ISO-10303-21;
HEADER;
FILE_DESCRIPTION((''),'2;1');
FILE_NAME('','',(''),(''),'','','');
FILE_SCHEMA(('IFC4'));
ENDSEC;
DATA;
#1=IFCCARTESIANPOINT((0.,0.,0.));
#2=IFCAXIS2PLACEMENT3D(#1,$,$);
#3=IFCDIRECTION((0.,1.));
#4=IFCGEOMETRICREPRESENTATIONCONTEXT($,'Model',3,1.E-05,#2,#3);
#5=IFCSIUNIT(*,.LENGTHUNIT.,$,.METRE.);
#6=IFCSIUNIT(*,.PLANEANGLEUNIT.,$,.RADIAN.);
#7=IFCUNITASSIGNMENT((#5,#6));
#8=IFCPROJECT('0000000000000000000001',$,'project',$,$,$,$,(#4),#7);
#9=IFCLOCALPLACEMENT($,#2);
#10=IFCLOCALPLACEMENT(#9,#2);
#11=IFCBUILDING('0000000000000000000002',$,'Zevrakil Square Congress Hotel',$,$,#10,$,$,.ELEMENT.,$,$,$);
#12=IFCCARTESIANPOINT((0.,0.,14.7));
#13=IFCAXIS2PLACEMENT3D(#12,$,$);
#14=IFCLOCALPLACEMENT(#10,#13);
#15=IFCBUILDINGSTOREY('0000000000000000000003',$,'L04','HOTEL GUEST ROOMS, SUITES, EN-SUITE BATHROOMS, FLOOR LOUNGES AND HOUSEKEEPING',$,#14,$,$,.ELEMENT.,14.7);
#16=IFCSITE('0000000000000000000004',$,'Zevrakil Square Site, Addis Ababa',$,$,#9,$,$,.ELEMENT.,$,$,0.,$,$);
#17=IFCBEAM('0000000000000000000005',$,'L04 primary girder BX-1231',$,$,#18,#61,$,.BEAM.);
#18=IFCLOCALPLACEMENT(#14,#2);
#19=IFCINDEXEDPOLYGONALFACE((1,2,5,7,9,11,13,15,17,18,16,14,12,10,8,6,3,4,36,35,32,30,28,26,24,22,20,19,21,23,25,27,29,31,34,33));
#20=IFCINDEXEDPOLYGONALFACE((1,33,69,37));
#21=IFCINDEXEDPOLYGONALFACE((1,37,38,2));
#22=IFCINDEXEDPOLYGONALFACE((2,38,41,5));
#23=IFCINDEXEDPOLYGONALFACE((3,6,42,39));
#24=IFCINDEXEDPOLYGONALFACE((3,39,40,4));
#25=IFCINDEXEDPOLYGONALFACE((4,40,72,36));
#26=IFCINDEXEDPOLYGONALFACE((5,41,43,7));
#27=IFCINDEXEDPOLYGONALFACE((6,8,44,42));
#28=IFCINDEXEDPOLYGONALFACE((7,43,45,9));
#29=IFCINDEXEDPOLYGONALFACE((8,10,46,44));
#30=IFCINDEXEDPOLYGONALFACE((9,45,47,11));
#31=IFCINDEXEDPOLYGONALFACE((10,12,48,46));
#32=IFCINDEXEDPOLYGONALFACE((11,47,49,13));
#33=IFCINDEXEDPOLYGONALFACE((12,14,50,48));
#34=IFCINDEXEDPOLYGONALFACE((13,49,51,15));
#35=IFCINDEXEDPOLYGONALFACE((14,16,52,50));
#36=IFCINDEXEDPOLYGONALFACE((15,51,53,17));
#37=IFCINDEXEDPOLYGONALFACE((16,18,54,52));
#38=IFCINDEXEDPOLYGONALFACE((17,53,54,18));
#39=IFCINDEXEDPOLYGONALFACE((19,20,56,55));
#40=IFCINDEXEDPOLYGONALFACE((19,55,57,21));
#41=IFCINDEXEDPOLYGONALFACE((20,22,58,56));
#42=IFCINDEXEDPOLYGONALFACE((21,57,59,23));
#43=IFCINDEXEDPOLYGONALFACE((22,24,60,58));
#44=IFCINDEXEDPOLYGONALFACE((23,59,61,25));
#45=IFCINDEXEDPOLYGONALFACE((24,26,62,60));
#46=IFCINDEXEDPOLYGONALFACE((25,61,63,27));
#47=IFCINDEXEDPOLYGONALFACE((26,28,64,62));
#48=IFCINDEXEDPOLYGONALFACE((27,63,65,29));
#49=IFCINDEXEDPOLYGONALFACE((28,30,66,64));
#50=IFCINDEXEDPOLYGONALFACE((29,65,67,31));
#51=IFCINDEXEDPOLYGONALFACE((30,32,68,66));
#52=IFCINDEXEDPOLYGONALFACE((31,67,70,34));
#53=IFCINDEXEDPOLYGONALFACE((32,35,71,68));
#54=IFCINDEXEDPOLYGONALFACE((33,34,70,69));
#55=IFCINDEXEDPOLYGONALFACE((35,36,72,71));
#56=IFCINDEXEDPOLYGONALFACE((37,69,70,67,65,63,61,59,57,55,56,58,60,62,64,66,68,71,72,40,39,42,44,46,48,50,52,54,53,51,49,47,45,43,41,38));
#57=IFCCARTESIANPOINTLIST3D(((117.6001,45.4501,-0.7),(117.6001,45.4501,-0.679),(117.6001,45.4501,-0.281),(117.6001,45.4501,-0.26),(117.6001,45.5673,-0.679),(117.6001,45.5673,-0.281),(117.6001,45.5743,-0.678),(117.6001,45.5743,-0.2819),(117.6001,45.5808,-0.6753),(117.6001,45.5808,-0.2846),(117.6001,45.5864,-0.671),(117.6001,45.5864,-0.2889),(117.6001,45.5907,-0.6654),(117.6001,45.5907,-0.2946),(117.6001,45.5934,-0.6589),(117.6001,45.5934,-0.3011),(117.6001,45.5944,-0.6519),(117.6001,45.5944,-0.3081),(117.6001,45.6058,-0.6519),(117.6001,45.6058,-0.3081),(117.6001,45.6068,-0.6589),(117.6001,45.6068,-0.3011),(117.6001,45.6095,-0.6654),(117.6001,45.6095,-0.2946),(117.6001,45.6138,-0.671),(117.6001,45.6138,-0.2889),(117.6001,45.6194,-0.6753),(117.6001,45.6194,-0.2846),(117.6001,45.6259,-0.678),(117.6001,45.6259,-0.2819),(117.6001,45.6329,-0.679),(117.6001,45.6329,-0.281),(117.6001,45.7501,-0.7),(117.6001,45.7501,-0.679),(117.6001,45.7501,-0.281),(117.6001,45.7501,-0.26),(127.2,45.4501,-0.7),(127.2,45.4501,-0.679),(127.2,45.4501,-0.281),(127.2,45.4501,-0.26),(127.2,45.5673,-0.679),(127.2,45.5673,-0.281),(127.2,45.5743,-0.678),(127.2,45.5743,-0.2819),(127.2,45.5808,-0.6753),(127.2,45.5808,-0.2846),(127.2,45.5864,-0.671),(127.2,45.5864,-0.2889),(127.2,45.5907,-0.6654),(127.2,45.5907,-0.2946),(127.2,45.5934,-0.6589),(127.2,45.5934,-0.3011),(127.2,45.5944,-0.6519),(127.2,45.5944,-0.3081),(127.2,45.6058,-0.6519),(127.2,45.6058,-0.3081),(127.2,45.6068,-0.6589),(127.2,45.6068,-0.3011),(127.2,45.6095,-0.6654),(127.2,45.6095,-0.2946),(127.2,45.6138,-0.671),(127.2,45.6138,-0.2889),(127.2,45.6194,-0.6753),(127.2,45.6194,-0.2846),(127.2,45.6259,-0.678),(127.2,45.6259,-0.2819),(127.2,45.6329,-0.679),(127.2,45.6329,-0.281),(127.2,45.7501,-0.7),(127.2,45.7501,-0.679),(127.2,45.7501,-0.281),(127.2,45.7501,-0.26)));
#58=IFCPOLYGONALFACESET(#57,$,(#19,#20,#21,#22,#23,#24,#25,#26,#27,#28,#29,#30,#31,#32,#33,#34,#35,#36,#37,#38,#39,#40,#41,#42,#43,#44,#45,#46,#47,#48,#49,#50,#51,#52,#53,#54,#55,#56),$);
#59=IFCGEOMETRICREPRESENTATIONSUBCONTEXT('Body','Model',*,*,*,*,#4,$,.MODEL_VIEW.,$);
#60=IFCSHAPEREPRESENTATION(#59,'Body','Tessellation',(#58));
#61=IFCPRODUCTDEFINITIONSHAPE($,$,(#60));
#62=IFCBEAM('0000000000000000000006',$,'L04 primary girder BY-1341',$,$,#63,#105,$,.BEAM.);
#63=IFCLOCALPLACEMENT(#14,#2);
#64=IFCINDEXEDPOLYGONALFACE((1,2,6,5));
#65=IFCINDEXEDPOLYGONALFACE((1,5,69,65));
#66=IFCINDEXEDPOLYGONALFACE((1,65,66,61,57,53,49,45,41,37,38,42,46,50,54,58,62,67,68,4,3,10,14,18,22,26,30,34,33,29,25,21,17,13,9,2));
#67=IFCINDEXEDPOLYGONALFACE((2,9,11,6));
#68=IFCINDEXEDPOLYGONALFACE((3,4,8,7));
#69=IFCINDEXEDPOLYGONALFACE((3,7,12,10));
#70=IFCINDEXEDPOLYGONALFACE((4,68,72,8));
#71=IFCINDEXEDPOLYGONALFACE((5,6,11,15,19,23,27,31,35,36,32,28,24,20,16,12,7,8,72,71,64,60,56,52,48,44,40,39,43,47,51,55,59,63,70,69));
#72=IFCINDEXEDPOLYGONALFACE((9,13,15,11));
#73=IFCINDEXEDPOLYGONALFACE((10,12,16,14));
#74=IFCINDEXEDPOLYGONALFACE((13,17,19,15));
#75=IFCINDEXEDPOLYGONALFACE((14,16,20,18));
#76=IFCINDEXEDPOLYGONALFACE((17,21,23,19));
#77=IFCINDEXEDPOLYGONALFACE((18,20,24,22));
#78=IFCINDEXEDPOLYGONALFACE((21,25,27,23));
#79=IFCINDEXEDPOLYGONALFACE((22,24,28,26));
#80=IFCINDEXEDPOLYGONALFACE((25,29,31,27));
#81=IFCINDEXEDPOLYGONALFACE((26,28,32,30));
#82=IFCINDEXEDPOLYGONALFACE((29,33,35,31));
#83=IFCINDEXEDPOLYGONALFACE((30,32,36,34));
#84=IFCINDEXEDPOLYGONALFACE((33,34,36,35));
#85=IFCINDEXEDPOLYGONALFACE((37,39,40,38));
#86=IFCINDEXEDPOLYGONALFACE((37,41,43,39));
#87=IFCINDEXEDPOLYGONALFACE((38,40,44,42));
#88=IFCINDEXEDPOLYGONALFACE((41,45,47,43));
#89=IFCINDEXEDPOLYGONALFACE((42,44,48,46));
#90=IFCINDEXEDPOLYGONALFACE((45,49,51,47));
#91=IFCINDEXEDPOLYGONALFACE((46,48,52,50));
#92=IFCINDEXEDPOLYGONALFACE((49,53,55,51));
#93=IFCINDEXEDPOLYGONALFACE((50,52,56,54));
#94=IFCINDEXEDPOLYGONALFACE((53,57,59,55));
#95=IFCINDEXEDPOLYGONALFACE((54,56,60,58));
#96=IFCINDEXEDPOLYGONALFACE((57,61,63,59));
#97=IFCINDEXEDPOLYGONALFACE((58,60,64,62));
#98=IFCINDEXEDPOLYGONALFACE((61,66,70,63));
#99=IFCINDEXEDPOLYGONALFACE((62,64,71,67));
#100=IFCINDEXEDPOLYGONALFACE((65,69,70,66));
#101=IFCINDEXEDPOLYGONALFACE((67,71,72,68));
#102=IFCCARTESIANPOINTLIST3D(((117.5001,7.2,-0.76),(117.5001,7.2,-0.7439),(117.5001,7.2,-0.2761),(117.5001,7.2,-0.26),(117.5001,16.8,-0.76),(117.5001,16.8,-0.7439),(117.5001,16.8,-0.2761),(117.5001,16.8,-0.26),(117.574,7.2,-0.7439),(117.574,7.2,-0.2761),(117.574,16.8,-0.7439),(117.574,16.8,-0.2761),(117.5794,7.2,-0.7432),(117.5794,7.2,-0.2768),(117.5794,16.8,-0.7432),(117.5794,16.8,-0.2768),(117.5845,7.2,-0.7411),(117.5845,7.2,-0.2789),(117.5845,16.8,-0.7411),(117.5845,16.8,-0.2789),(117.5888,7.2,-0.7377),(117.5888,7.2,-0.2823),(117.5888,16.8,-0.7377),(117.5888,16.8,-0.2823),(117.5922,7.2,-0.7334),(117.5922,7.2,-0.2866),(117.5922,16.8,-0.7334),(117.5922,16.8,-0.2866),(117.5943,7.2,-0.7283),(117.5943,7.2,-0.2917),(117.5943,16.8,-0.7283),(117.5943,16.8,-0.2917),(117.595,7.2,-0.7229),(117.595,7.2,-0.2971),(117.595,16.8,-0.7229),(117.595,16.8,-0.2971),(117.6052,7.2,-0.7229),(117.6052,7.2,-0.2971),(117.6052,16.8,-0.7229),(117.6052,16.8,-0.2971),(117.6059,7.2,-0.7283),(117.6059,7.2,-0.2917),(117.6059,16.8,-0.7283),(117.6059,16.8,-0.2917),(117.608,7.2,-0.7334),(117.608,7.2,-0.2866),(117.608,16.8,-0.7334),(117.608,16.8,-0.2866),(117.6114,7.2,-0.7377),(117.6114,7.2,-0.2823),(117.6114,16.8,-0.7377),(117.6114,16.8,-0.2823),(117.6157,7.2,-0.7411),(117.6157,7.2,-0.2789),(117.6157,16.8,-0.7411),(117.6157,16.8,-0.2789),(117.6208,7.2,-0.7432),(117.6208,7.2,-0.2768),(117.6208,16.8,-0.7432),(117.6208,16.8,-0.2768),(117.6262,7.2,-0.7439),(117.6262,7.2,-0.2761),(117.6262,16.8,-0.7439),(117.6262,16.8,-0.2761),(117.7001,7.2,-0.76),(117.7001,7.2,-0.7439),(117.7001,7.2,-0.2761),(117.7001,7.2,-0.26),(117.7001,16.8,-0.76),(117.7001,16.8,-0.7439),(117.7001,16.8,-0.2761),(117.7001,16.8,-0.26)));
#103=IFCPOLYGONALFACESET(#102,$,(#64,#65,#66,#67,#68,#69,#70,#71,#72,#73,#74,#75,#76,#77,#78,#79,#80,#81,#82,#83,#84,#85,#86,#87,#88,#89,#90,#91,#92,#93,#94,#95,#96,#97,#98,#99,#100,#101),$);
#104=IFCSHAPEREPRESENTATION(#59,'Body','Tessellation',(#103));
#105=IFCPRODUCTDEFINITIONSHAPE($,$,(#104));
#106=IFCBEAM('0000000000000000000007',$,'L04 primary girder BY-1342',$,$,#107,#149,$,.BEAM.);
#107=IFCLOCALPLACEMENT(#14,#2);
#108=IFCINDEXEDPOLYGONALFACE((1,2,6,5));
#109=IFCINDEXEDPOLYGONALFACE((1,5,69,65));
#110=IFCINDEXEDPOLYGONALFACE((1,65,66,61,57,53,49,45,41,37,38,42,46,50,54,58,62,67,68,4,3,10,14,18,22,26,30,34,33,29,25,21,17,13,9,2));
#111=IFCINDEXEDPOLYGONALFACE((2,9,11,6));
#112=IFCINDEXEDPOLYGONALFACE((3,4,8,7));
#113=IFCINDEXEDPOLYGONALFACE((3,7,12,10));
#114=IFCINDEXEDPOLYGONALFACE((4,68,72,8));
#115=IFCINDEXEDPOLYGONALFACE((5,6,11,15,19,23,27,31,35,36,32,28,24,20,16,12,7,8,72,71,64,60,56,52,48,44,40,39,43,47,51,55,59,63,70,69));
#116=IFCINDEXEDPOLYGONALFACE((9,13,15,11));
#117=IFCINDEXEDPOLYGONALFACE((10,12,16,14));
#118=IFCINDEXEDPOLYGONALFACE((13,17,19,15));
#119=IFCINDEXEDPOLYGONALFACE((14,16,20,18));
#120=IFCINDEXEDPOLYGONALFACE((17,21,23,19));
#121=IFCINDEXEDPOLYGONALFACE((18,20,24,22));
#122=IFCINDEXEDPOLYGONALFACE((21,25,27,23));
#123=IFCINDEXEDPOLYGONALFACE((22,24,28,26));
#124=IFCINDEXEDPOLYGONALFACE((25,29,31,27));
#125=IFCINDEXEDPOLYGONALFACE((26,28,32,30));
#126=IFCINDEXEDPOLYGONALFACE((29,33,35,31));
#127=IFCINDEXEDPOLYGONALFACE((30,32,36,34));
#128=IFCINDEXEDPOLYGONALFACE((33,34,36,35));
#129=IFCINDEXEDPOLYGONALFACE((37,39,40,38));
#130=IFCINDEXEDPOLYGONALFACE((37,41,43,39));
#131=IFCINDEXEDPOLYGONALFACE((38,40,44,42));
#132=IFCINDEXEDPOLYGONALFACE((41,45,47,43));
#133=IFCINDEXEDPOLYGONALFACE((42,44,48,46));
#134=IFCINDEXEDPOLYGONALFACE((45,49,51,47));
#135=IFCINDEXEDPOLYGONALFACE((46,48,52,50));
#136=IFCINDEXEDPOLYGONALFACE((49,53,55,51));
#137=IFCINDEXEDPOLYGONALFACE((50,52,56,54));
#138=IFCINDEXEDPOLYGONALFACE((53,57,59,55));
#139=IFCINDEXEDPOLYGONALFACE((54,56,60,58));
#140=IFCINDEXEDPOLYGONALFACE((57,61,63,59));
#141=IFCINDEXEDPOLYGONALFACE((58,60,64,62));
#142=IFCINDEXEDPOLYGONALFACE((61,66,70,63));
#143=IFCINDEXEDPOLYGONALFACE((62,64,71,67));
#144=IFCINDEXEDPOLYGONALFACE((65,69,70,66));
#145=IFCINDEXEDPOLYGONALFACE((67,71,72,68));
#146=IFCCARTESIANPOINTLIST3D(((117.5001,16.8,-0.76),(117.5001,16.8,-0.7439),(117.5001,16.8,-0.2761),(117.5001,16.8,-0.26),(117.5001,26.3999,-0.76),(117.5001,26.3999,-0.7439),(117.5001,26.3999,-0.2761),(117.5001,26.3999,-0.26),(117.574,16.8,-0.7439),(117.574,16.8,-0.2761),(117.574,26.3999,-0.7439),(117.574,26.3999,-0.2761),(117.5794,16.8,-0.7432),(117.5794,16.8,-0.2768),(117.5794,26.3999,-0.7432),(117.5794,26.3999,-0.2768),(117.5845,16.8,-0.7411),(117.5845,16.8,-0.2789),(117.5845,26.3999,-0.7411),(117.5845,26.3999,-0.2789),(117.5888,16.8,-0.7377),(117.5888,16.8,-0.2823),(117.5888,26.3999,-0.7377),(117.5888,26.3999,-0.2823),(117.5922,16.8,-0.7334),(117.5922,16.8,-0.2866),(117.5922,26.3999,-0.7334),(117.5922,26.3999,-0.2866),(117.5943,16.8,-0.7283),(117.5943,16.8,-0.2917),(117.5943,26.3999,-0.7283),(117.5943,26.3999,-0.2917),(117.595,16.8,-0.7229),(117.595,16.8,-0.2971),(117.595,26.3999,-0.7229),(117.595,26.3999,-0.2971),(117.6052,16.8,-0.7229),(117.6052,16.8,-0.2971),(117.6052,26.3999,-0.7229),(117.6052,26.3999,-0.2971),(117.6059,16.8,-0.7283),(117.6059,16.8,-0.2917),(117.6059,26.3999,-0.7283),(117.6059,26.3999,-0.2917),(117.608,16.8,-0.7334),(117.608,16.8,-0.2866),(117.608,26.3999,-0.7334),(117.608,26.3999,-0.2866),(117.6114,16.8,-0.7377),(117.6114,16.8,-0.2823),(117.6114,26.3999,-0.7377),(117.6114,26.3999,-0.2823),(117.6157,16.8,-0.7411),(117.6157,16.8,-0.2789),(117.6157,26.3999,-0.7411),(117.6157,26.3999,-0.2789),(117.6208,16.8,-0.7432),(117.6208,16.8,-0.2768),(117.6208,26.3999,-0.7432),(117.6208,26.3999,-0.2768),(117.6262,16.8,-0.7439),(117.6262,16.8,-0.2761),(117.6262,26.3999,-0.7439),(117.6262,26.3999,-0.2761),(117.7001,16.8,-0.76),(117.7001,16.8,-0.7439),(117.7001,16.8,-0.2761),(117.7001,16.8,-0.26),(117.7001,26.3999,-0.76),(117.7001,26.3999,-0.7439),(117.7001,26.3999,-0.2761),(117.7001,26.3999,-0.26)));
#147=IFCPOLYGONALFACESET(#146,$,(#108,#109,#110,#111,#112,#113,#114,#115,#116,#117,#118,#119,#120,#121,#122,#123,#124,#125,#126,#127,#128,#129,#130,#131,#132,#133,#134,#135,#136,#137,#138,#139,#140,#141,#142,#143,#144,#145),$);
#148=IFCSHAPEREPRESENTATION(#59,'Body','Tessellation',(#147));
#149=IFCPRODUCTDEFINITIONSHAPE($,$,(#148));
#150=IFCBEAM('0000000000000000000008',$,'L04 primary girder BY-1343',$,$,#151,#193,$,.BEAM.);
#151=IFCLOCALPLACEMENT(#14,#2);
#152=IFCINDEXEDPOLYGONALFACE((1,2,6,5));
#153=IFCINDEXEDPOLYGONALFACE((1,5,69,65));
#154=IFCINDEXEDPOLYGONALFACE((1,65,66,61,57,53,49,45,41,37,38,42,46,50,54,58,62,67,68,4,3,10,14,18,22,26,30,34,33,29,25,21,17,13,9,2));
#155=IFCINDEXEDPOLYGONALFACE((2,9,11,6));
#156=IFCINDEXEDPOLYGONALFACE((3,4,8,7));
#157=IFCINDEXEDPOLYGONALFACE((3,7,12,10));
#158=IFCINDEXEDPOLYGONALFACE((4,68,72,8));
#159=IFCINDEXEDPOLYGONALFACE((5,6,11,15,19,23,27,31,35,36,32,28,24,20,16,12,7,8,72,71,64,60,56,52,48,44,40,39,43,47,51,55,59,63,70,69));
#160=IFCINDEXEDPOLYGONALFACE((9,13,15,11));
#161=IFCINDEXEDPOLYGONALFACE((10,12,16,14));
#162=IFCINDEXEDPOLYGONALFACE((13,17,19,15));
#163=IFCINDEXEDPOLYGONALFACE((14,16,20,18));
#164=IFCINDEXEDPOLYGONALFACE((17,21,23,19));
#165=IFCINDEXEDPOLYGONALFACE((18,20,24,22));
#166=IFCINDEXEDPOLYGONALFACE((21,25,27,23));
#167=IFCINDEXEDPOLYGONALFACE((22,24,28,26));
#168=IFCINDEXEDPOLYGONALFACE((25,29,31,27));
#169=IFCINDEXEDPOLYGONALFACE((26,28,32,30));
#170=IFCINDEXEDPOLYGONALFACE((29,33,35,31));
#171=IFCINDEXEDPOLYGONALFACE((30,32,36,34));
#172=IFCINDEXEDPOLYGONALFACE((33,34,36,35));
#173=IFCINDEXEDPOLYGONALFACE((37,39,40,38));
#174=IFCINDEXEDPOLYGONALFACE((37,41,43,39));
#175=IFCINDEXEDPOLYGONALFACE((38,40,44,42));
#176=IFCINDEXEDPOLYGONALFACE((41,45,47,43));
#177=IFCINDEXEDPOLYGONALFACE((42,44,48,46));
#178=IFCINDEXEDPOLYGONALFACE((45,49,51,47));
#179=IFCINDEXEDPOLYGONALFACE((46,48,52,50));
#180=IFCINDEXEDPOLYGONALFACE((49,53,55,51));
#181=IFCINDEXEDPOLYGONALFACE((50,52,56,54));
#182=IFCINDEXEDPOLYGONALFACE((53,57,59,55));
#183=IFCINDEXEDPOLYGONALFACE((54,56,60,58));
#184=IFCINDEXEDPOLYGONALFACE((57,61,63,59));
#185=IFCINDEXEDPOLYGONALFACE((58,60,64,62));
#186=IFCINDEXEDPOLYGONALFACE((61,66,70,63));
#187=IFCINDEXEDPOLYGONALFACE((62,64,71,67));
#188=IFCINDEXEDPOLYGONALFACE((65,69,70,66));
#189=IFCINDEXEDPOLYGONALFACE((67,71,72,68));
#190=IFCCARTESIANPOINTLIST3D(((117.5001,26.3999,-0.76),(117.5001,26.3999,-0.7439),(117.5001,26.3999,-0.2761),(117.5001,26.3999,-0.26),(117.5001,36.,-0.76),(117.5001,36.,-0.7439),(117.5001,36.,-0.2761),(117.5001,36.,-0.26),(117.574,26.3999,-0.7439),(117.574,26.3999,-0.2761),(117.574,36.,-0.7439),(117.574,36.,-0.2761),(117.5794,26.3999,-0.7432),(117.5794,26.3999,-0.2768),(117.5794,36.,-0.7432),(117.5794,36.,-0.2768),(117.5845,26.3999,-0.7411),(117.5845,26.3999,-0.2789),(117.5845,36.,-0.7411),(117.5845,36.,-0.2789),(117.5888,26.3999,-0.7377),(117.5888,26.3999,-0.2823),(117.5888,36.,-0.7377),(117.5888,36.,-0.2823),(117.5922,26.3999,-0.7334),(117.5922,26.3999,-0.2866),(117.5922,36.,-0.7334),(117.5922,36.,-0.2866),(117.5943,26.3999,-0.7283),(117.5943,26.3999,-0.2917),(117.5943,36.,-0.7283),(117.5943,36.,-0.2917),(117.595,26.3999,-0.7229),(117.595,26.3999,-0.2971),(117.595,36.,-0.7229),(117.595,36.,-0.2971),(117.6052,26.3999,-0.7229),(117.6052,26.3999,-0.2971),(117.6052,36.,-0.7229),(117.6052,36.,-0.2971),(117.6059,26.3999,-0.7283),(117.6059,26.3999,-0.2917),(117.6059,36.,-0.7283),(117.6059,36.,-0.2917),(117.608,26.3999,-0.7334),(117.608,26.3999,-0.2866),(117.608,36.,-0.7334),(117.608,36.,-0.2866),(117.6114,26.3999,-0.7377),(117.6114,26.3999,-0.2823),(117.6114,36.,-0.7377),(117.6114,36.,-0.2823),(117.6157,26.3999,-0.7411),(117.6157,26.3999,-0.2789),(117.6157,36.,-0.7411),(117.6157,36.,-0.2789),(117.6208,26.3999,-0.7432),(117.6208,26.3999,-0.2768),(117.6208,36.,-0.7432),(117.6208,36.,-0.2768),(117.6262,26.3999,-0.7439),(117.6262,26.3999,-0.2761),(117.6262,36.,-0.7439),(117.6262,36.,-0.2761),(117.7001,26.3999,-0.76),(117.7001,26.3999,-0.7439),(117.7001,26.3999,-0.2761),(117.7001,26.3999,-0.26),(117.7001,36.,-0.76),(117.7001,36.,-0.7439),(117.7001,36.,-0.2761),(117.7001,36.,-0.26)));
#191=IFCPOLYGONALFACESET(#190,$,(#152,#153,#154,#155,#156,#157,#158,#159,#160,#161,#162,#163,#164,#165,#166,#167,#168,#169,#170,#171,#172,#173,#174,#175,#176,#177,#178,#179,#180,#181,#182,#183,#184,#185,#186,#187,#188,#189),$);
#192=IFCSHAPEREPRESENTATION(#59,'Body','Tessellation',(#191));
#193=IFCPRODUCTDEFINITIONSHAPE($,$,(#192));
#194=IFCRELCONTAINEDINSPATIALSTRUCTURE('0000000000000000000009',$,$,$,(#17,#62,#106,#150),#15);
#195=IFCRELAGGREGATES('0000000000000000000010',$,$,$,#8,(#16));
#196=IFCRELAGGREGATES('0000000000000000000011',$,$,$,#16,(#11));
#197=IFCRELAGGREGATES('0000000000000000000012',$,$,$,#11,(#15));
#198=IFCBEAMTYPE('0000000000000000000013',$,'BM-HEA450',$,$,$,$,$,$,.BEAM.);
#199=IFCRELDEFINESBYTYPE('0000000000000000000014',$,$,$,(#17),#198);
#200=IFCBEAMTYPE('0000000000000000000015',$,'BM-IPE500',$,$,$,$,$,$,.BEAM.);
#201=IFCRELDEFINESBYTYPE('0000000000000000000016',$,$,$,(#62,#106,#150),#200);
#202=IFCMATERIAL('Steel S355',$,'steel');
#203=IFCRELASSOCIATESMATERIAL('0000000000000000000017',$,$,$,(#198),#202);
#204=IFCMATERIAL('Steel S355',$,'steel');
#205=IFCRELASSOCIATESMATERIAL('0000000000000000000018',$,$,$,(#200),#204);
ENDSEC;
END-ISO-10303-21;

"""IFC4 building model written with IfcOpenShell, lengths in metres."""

from ifc_helpers import new_model, si_unit, direction, frame, origin, origin_2d, place, context, subcontext, project, spatial, i_section, extrude, material, material_profile, profile_set, type_object, element, save


model = new_model("IFC4")

# Units and contexts
model_context = context("Model", 3, precision=1e-05, world=origin(), true_north=direction((0.0, 1.0)))
body_context = subcontext(model_context, "Body", "Model", "MODEL_VIEW")
ifc_project = project(units=[si_unit("LENGTHUNIT", "METRE"), si_unit("PLANEANGLEUNIT", "RADIAN")], contexts=[model_context])

# Site, building, storey
site_placement = place(None, origin())
site = spatial("IfcSite", under=ifc_project, at=site_placement, Name="Zevrakil Square Site, Addis Ababa", CompositionType="ELEMENT", RefElevation=0.0)
building_placement = place(site_placement, origin())
building = spatial("IfcBuilding", under=site, at=building_placement, Name="Zevrakil Square Congress Hotel", CompositionType="ELEMENT")
storey_placement = place(building_placement, frame((0.0, 0.0, 14.7)))
storey = spatial("IfcBuildingStorey", under=building, at=storey_placement, Name="L04", Description="HOTEL GUEST ROOMS, SUITES, EN-SUITE BATHROOMS, FLOOR LOUNGES AND HOUSEKEEPING", CompositionType="ELEMENT", Elevation=14.7)

# Beams
ifc_material_1 = material(Name="Steel S355", Category="steel")
ifc_material_profile_1 = material_profile(ifc_material_1, i_section(OverallWidth=0.3, OverallDepth=0.4399, WebThickness=0.0115, FlangeThickness=0.021, FilletRadius=0.0271, at=origin_2d()), Name="HEA 450")
ifc_profile_set_1 = profile_set([ifc_material_profile_1], Name="Steel S355")
beam_type_1 = type_object("IfcBeamType", Name="BM-HEA450", PredefinedType="BEAM", material=ifc_profile_set_1)
for number, where, z_axis, x_axis, name in (
    (1, (117.6001, 45.6001, -0.48), (1.0, 0.0, 0.0), (0.0, 1.0, 0.0), "L04 primary girder BX-1231"),
):
    element("IfcBeam", number, at=place(storey_placement, frame(where, z_axis=z_axis, x_axis=x_axis)), inside=storey, type_object=beam_type_1, Name=name, PredefinedType="BEAM", context=body_context, shape_type="SweptSolid", body=[
        extrude(i_section(OverallWidth=0.3, OverallDepth=0.4399, WebThickness=0.0115, FlangeThickness=0.021, FilletRadius=0.0271, at=origin_2d()), origin(), (0.0, 0.0, 1.0), 9.5999),
    ])
ifc_material_2 = material(Name="Steel S355", Category="steel")
ifc_material_profile_2 = material_profile(ifc_material_2, i_section(OverallWidth=0.2, OverallDepth=0.5, WebThickness=0.0103, FlangeThickness=0.0161, FilletRadius=0.021, at=origin_2d()), Name="IPE 500")
ifc_profile_set_2 = profile_set([ifc_material_profile_2], Name="Steel S355")
beam_type_2 = type_object("IfcBeamType", Name="BM-IPE500", PredefinedType="BEAM", material=ifc_profile_set_2)
beam_1_placement = place(storey_placement, frame((117.6001, 7.2, -0.51), z_axis=(0.0, 1.0, 0.0), x_axis=(-1.0, 0.0, 0.0)))
element("IfcBeam", 2, at=beam_1_placement, inside=storey, type_object=beam_type_2, Name="L04 primary girder BY-1341", PredefinedType="BEAM", context=body_context, shape_type="SweptSolid", body=[
    extrude(i_section(OverallWidth=0.2, OverallDepth=0.5, WebThickness=0.0103, FlangeThickness=0.0161, FilletRadius=0.021, at=origin_2d()), origin(), (0.0, 0.0, 1.0), 9.6001),
])
beam_2_placement = place(storey_placement, frame((117.6001, 16.8, -0.51), z_axis=(0.0, 1.0, 0.0), x_axis=(-1.0, 0.0, 0.0)))
element("IfcBeam", 3, at=beam_2_placement, inside=storey, type_object=beam_type_2, Name="L04 primary girder BY-1342", PredefinedType="BEAM", context=body_context, shape_type="SweptSolid", body=[
    extrude(i_section(OverallWidth=0.2, OverallDepth=0.5, WebThickness=0.0103, FlangeThickness=0.0161, FilletRadius=0.021, at=origin_2d()), origin(), (0.0, 0.0, 1.0), 9.5999),
])
for number, where, z_axis, x_axis, name in (
    (4, (117.6001, 26.3999, -0.51), (0.0, 1.0, 0.0), (-1.0, 0.0, 0.0), "L04 primary girder BY-1343"),
):
    element("IfcBeam", number, at=place(storey_placement, frame(where, z_axis=z_axis, x_axis=x_axis)), inside=storey, type_object=beam_type_2, Name=name, PredefinedType="BEAM", context=body_context, shape_type="SweptSolid", body=[
        extrude(i_section(OverallWidth=0.2, OverallDepth=0.5, WebThickness=0.0103, FlangeThickness=0.0161, FilletRadius=0.021, at=origin_2d()), origin(), (0.0, 0.0, 1.0), 9.6001),
    ])

save(model, "model.ifc")
